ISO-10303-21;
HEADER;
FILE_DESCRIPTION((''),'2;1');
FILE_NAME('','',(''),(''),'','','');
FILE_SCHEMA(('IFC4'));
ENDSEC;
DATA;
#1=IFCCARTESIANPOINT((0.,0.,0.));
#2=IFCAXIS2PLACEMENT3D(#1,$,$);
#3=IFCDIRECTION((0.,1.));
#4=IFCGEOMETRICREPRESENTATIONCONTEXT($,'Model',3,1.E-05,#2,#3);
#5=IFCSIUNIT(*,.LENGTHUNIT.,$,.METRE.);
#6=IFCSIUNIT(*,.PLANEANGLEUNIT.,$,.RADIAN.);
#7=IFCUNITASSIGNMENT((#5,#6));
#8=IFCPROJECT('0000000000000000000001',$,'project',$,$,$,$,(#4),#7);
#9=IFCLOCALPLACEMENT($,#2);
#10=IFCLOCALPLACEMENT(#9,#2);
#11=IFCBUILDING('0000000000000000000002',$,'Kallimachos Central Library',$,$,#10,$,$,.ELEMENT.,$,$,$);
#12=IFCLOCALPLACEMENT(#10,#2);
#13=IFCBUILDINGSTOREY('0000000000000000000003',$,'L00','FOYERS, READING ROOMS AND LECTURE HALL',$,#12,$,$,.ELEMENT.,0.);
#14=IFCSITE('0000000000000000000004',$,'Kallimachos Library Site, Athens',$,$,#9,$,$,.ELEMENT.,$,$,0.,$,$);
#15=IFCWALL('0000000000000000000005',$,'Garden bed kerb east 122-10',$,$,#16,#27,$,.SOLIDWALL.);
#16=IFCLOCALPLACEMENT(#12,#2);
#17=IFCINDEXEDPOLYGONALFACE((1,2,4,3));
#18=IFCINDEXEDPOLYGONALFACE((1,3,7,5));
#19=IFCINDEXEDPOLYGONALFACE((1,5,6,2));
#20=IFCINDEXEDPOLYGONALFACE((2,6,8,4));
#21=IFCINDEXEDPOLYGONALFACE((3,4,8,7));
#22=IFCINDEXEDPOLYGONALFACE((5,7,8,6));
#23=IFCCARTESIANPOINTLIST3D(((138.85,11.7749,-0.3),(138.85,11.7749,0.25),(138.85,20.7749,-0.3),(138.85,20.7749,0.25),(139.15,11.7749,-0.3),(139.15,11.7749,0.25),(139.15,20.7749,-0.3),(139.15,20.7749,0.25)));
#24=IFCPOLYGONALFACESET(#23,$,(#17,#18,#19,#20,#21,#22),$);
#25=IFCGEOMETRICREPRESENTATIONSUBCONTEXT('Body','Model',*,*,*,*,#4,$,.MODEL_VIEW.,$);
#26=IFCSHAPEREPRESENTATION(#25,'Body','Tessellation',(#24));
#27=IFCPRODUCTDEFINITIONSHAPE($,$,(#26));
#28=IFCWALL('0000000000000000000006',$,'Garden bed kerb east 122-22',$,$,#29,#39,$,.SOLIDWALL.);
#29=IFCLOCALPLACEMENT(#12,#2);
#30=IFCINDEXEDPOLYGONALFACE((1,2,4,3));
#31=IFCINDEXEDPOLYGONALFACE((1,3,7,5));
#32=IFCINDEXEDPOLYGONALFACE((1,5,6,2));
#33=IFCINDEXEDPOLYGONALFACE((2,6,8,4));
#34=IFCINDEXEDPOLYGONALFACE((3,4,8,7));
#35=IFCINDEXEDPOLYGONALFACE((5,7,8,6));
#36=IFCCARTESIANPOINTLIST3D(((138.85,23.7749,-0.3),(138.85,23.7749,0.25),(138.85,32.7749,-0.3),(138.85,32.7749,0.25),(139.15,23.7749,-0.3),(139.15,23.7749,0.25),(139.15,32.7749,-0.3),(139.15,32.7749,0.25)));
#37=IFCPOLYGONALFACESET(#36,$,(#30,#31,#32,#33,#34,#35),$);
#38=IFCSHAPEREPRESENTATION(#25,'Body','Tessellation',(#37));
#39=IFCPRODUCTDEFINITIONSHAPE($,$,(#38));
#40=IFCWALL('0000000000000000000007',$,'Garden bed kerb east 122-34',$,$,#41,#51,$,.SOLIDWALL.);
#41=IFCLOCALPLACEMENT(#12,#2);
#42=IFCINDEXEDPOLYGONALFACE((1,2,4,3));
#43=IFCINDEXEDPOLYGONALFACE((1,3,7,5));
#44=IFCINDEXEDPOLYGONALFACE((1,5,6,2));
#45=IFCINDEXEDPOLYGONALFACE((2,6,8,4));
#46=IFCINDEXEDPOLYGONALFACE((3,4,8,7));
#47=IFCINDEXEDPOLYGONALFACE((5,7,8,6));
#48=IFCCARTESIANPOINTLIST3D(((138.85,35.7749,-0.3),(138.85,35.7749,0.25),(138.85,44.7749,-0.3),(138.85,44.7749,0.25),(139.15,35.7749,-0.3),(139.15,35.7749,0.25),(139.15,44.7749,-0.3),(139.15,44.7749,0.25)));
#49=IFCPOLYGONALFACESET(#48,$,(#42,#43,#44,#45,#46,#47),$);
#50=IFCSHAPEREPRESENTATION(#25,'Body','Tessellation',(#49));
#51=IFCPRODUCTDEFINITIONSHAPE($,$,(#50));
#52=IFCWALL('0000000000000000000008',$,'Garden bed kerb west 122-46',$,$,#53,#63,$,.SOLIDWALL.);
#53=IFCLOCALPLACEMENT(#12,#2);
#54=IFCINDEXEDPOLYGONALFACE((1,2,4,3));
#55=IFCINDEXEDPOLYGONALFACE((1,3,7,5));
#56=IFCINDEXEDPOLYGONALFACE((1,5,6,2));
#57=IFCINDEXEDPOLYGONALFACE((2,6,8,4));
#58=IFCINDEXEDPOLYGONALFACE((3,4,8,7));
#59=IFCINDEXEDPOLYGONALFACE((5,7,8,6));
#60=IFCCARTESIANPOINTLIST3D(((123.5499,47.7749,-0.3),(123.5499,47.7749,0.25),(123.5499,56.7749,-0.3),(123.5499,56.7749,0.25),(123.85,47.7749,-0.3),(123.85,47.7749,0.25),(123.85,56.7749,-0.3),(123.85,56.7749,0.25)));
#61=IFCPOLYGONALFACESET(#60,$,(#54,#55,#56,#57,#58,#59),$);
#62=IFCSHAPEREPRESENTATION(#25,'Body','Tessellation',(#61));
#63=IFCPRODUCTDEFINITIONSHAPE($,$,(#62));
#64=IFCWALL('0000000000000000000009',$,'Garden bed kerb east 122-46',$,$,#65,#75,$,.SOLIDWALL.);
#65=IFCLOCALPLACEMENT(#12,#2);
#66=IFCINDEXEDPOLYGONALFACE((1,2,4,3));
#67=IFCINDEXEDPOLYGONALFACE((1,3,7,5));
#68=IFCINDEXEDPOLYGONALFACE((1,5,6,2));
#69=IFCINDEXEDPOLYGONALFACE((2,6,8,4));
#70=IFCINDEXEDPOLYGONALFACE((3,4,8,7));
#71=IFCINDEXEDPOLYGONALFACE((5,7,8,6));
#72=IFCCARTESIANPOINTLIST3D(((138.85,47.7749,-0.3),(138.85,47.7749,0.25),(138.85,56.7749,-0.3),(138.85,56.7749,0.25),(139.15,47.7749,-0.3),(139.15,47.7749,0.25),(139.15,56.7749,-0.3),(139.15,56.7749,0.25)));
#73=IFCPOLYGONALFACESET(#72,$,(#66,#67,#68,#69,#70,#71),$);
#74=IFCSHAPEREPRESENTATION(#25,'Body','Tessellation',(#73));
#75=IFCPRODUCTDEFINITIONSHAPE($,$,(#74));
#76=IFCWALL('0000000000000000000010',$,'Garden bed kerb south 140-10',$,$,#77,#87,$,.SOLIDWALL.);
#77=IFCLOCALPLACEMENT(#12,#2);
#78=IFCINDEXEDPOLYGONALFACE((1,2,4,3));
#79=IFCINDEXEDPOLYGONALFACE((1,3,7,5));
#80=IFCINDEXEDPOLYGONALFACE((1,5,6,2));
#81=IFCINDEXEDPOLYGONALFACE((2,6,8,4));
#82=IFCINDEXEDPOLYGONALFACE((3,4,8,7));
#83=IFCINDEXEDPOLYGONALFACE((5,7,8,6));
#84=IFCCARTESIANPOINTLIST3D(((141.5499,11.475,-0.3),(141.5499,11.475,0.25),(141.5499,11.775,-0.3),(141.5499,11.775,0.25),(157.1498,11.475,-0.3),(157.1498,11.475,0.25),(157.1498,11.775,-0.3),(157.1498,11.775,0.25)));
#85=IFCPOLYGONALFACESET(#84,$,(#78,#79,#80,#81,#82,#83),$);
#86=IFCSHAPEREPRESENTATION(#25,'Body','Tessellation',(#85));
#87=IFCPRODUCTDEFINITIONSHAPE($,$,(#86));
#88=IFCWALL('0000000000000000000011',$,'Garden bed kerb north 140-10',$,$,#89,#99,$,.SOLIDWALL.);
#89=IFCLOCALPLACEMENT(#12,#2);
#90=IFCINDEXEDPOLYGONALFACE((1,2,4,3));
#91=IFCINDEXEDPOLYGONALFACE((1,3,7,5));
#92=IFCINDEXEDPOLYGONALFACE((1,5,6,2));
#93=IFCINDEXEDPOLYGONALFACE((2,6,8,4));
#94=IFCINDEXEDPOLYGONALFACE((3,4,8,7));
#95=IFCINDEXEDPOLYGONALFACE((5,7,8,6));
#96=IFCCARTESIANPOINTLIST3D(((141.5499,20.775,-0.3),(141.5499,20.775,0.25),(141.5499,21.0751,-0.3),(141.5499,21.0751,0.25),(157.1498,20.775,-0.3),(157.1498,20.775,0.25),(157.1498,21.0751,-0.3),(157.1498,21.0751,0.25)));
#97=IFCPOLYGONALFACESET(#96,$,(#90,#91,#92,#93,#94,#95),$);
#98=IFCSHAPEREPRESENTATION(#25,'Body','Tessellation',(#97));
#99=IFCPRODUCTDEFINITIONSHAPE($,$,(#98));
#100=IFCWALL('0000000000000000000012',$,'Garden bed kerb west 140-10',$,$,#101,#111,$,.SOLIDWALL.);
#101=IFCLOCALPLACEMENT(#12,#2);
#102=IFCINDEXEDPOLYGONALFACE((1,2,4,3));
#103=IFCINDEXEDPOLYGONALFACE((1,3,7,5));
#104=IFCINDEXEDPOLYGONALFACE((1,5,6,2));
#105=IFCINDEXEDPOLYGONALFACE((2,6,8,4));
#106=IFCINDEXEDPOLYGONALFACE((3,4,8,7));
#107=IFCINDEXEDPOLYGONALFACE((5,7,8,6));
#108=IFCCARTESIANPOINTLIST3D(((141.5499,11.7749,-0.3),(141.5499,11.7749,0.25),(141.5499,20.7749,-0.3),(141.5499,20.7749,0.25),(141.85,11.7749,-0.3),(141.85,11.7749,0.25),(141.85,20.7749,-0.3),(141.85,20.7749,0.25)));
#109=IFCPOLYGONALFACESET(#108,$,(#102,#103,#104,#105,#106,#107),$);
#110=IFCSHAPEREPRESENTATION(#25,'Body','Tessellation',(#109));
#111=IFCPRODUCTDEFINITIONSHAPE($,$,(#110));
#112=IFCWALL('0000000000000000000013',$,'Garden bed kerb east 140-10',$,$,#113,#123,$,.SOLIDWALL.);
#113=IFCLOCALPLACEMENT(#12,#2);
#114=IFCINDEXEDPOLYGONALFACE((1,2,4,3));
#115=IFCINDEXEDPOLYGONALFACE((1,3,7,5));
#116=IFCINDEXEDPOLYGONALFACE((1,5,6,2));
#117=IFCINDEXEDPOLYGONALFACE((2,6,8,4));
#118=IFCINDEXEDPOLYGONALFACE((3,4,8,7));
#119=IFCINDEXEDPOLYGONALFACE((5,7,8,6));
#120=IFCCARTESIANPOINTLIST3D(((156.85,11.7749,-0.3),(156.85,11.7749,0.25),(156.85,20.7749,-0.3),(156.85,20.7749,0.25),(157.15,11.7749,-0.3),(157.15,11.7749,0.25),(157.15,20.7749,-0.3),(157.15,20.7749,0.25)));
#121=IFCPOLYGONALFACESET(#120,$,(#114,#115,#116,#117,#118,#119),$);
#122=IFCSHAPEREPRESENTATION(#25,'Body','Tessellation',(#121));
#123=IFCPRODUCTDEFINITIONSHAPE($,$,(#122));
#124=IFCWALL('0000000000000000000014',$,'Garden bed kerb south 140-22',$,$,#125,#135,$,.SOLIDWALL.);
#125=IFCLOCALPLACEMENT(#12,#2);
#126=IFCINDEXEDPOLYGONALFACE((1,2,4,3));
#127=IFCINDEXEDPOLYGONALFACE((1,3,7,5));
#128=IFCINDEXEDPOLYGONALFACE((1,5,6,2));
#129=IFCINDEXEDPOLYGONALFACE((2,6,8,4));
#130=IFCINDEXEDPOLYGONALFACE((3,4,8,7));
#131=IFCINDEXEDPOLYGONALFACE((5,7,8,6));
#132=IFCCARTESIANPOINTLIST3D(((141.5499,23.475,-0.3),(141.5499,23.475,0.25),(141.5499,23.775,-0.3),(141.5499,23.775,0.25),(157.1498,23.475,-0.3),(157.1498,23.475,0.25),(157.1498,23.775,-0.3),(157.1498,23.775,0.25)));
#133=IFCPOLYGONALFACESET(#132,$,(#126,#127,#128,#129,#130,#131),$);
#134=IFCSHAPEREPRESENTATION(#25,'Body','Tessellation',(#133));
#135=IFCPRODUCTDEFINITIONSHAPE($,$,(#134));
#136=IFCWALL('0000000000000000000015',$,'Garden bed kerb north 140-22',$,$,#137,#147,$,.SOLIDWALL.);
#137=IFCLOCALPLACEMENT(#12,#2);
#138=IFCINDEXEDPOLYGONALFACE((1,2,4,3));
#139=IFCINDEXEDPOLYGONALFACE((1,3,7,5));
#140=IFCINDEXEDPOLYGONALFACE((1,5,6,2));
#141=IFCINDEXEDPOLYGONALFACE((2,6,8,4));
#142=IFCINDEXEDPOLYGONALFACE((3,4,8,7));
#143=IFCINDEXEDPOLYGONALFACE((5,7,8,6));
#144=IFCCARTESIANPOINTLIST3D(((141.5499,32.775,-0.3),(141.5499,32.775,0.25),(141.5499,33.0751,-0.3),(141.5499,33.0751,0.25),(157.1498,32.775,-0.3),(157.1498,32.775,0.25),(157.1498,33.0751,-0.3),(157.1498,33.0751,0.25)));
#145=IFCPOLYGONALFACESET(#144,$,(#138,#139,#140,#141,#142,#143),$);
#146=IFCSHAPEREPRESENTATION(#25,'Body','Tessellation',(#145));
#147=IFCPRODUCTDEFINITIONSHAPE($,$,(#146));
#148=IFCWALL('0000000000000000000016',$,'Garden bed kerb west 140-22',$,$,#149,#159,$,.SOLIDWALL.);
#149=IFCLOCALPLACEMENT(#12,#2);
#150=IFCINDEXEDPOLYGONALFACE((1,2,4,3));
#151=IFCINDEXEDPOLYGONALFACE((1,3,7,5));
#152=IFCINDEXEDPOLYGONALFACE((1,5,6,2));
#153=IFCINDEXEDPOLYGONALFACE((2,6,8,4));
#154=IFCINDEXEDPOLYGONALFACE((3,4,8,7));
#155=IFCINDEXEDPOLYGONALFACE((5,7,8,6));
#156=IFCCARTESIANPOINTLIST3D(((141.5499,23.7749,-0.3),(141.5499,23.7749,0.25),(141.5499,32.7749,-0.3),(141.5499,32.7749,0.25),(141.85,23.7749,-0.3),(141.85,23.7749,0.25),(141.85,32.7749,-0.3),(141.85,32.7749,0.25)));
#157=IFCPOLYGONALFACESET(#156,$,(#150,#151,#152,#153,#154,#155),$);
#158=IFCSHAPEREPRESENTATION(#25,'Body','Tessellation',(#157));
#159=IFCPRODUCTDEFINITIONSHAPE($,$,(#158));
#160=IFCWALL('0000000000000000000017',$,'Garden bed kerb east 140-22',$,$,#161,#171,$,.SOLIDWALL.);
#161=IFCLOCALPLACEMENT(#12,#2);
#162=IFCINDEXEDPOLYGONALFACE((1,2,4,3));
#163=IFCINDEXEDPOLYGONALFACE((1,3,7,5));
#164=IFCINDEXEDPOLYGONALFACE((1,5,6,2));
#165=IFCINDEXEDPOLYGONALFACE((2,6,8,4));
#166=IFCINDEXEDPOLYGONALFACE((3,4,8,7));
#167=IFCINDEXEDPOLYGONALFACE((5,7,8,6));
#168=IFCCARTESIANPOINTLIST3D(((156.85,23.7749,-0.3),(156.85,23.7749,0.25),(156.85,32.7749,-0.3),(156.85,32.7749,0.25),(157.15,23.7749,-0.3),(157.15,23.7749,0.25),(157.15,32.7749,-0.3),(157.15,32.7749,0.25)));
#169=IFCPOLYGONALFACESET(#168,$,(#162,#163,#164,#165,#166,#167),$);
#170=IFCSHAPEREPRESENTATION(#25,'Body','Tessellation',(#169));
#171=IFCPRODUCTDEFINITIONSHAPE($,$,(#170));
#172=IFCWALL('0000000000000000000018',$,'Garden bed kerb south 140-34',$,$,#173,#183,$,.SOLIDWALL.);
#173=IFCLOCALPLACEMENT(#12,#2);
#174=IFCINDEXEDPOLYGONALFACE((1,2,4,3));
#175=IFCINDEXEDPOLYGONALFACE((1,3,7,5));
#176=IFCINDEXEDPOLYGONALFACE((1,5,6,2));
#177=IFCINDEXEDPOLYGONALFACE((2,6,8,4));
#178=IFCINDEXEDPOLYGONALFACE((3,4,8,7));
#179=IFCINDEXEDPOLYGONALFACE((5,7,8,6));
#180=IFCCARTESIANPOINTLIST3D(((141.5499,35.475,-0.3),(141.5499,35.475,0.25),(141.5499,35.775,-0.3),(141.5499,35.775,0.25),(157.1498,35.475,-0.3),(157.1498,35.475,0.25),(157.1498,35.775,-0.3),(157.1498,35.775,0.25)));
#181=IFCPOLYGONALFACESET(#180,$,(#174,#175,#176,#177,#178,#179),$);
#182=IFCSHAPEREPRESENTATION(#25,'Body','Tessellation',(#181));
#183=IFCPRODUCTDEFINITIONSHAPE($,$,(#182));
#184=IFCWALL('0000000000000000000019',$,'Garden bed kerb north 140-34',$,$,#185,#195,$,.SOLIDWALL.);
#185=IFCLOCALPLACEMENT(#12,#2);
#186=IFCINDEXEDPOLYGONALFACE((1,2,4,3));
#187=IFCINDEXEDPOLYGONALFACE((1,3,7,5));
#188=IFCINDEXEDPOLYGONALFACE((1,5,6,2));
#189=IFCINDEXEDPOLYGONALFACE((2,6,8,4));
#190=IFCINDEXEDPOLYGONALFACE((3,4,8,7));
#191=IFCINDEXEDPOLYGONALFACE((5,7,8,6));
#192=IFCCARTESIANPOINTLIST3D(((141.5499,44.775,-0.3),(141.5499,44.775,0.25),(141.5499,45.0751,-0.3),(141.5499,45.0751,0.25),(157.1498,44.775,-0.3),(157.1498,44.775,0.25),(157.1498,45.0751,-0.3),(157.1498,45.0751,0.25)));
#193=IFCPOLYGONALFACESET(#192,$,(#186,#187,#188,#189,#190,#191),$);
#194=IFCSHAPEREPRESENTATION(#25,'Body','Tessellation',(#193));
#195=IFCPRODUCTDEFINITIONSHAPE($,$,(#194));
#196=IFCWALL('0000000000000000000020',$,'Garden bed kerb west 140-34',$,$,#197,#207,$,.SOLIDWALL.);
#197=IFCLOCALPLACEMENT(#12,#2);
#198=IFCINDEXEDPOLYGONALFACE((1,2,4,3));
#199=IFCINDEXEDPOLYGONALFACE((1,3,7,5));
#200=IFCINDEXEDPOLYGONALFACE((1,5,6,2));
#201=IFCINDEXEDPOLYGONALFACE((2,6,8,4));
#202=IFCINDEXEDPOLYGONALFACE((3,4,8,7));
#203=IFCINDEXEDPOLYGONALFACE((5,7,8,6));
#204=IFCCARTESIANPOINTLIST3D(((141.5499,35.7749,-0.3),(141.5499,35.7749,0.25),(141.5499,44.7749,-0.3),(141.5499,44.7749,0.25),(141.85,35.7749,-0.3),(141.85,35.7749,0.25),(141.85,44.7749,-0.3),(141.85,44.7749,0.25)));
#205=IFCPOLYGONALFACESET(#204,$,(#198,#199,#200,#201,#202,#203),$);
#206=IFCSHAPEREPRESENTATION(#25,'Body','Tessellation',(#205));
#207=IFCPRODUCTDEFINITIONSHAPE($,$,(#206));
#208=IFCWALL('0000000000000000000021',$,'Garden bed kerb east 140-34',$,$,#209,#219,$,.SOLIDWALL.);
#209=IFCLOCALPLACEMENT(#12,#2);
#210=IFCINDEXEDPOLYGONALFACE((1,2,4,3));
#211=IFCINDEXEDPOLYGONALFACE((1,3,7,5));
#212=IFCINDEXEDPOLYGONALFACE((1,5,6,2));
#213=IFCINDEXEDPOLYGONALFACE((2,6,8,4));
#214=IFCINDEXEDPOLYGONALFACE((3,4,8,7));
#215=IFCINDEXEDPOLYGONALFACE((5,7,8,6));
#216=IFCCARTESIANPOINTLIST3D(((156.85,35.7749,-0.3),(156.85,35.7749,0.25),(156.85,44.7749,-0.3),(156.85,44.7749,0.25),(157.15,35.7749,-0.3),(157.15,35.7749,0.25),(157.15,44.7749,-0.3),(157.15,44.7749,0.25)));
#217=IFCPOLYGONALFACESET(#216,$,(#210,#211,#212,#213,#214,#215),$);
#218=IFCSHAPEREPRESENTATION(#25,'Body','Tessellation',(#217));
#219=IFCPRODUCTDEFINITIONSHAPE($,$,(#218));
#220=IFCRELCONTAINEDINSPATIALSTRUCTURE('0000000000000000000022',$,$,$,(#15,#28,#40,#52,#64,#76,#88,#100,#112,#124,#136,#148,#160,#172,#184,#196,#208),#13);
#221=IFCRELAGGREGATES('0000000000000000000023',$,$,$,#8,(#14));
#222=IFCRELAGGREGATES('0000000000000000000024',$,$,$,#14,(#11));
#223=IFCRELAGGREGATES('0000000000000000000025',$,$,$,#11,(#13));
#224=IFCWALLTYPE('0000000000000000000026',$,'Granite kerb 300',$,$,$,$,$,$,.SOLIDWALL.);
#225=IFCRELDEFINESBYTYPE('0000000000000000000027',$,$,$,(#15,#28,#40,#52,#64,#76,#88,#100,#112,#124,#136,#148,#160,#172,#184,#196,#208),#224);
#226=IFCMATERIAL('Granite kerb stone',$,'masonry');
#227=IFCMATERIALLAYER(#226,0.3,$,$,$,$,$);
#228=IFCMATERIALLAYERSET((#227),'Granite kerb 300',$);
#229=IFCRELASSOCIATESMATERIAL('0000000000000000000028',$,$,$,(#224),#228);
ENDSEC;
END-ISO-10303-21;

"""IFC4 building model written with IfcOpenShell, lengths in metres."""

from ifc_helpers import new_model, si_unit, direction, frame, frame_2d, origin, place, context, subcontext, project, spatial, rectangle, extrude, material, layer, layer_set, type_object, element, save


model = new_model("IFC4")

# Units and contexts
model_context = context("Model", 3, precision=1e-05, world=origin(), true_north=direction((0.0, 1.0)))
body_context = subcontext(model_context, "Body", "Model", "MODEL_VIEW")
ifc_project = project(units=[si_unit("LENGTHUNIT", "METRE"), si_unit("PLANEANGLEUNIT", "RADIAN")], contexts=[model_context])

# Site, building, storey
site_placement = place(None, origin())
site = spatial("IfcSite", under=ifc_project, at=site_placement, Name="Kallimachos Library Site, Athens", CompositionType="ELEMENT", RefElevation=0.0)
building_placement = place(site_placement, origin())
building = spatial("IfcBuilding", under=site, at=building_placement, Name="Kallimachos Central Library", CompositionType="ELEMENT")
storey_placement = place(building_placement, origin())
storey = spatial("IfcBuildingStorey", under=building, at=storey_placement, Name="L00", Description="FOYERS, READING ROOMS AND LECTURE HALL", CompositionType="ELEMENT", Elevation=0.0)

# Walls
ifc_material_1 = material(Name="Granite kerb stone", Category="masonry")
ifc_layer_1 = layer(ifc_material_1, 0.3)
ifc_layer_set_1 = layer_set([ifc_layer_1], Name="Granite kerb 300")
wall_type_1 = type_object("IfcWallType", Name="Granite kerb 300", PredefinedType="SOLIDWALL", material=ifc_layer_set_1)
for number, where, z_axis, x_axis, name in (
    (1, (139.0, 11.7749, -0.3), (0.0, 0.0, 1.0), (0.0, 1.0, 0.0), "Garden bed kerb east 122-10"),
    (2, (139.0, 23.7749, -0.3), (0.0, 0.0, 1.0), (0.0, 1.0, 0.0), "Garden bed kerb east 122-22"),
    (3, (139.0, 35.7749, -0.3), (0.0, 0.0, 1.0), (0.0, 1.0, 0.0), "Garden bed kerb east 122-34"),
    (4, (123.7, 47.7749, -0.3), (0.0, 0.0, 1.0), (0.0, 1.0, 0.0), "Garden bed kerb west 122-46"),
    (5, (139.0, 47.7749, -0.3), (0.0, 0.0, 1.0), (0.0, 1.0, 0.0), "Garden bed kerb east 122-46"),
):
    element("IfcWall", number, at=place(storey_placement, frame(where, z_axis=z_axis, x_axis=x_axis)), inside=storey, type_object=wall_type_1, Name=name, PredefinedType="SOLIDWALL", context=body_context, shape_type="SweptSolid", body=[
        extrude(rectangle(XDim=9.0, YDim=0.3, at=frame_2d((4.5, 0.0))), origin(), (0.0, 0.0, 1.0), 0.55),
    ])
for number, where, z_axis, x_axis, name in (
    (6, (141.55, 11.625, -0.3), (0.0, 0.0, 1.0), (1.0, 0.0, 0.0), "Garden bed kerb south 140-10"),
    (7, (141.55, 20.925, -0.3), (0.0, 0.0, 1.0), (1.0, 0.0, 0.0), "Garden bed kerb north 140-10"),
):
    element("IfcWall", number, at=place(storey_placement, frame(where, z_axis=z_axis, x_axis=x_axis)), inside=storey, type_object=wall_type_1, Name=name, PredefinedType="SOLIDWALL", context=body_context, shape_type="SweptSolid", body=[
        extrude(rectangle(XDim=15.5999, YDim=0.3, at=frame_2d((7.7998, 0.0))), origin(), (0.0, 0.0, 1.0), 0.55),
    ])
for number, where, z_axis, x_axis, name in (
    (8, (141.7, 11.7749, -0.3), (0.0, 0.0, 1.0), (0.0, 1.0, 0.0), "Garden bed kerb west 140-10"),
    (9, (157.0, 11.7749, -0.3), (0.0, 0.0, 1.0), (0.0, 1.0, 0.0), "Garden bed kerb east 140-10"),
):
    element("IfcWall", number, at=place(storey_placement, frame(where, z_axis=z_axis, x_axis=x_axis)), inside=storey, type_object=wall_type_1, Name=name, PredefinedType="SOLIDWALL", context=body_context, shape_type="SweptSolid", body=[
        extrude(rectangle(XDim=9.0, YDim=0.3, at=frame_2d((4.5, 0.0))), origin(), (0.0, 0.0, 1.0), 0.55),
    ])
for number, where, z_axis, x_axis, name in (
    (10, (141.55, 23.625, -0.3), (0.0, 0.0, 1.0), (1.0, 0.0, 0.0), "Garden bed kerb south 140-22"),
    (11, (141.55, 32.925, -0.3), (0.0, 0.0, 1.0), (1.0, 0.0, 0.0), "Garden bed kerb north 140-22"),
):
    element("IfcWall", number, at=place(storey_placement, frame(where, z_axis=z_axis, x_axis=x_axis)), inside=storey, type_object=wall_type_1, Name=name, PredefinedType="SOLIDWALL", context=body_context, shape_type="SweptSolid", body=[
        extrude(rectangle(XDim=15.5999, YDim=0.3, at=frame_2d((7.7998, 0.0))), origin(), (0.0, 0.0, 1.0), 0.55),
    ])
for number, where, z_axis, x_axis, name in (
    (12, (141.7, 23.7749, -0.3), (0.0, 0.0, 1.0), (0.0, 1.0, 0.0), "Garden bed kerb west 140-22"),
    (13, (157.0, 23.7749, -0.3), (0.0, 0.0, 1.0), (0.0, 1.0, 0.0), "Garden bed kerb east 140-22"),
):
    element("IfcWall", number, at=place(storey_placement, frame(where, z_axis=z_axis, x_axis=x_axis)), inside=storey, type_object=wall_type_1, Name=name, PredefinedType="SOLIDWALL", context=body_context, shape_type="SweptSolid", body=[
        extrude(rectangle(XDim=9.0, YDim=0.3, at=frame_2d((4.5, 0.0))), origin(), (0.0, 0.0, 1.0), 0.55),
    ])
for number, where, z_axis, x_axis, name in (
    (14, (141.55, 35.625, -0.3), (0.0, 0.0, 1.0), (1.0, 0.0, 0.0), "Garden bed kerb south 140-34"),
    (15, (141.55, 44.925, -0.3), (0.0, 0.0, 1.0), (1.0, 0.0, 0.0), "Garden bed kerb north 140-34"),
):
    element("IfcWall", number, at=place(storey_placement, frame(where, z_axis=z_axis, x_axis=x_axis)), inside=storey, type_object=wall_type_1, Name=name, PredefinedType="SOLIDWALL", context=body_context, shape_type="SweptSolid", body=[
        extrude(rectangle(XDim=15.5999, YDim=0.3, at=frame_2d((7.7998, 0.0))), origin(), (0.0, 0.0, 1.0), 0.55),
    ])
for number, where, z_axis, x_axis, name in (
    (16, (141.7, 35.7749, -0.3), (0.0, 0.0, 1.0), (0.0, 1.0, 0.0), "Garden bed kerb west 140-34"),
    (17, (157.0, 35.7749, -0.3), (0.0, 0.0, 1.0), (0.0, 1.0, 0.0), "Garden bed kerb east 140-34"),
):
    element("IfcWall", number, at=place(storey_placement, frame(where, z_axis=z_axis, x_axis=x_axis)), inside=storey, type_object=wall_type_1, Name=name, PredefinedType="SOLIDWALL", context=body_context, shape_type="SweptSolid", body=[
        extrude(rectangle(XDim=9.0, YDim=0.3, at=frame_2d((4.5, 0.0))), origin(), (0.0, 0.0, 1.0), 0.55),
    ])

save(model, "model.ifc")
